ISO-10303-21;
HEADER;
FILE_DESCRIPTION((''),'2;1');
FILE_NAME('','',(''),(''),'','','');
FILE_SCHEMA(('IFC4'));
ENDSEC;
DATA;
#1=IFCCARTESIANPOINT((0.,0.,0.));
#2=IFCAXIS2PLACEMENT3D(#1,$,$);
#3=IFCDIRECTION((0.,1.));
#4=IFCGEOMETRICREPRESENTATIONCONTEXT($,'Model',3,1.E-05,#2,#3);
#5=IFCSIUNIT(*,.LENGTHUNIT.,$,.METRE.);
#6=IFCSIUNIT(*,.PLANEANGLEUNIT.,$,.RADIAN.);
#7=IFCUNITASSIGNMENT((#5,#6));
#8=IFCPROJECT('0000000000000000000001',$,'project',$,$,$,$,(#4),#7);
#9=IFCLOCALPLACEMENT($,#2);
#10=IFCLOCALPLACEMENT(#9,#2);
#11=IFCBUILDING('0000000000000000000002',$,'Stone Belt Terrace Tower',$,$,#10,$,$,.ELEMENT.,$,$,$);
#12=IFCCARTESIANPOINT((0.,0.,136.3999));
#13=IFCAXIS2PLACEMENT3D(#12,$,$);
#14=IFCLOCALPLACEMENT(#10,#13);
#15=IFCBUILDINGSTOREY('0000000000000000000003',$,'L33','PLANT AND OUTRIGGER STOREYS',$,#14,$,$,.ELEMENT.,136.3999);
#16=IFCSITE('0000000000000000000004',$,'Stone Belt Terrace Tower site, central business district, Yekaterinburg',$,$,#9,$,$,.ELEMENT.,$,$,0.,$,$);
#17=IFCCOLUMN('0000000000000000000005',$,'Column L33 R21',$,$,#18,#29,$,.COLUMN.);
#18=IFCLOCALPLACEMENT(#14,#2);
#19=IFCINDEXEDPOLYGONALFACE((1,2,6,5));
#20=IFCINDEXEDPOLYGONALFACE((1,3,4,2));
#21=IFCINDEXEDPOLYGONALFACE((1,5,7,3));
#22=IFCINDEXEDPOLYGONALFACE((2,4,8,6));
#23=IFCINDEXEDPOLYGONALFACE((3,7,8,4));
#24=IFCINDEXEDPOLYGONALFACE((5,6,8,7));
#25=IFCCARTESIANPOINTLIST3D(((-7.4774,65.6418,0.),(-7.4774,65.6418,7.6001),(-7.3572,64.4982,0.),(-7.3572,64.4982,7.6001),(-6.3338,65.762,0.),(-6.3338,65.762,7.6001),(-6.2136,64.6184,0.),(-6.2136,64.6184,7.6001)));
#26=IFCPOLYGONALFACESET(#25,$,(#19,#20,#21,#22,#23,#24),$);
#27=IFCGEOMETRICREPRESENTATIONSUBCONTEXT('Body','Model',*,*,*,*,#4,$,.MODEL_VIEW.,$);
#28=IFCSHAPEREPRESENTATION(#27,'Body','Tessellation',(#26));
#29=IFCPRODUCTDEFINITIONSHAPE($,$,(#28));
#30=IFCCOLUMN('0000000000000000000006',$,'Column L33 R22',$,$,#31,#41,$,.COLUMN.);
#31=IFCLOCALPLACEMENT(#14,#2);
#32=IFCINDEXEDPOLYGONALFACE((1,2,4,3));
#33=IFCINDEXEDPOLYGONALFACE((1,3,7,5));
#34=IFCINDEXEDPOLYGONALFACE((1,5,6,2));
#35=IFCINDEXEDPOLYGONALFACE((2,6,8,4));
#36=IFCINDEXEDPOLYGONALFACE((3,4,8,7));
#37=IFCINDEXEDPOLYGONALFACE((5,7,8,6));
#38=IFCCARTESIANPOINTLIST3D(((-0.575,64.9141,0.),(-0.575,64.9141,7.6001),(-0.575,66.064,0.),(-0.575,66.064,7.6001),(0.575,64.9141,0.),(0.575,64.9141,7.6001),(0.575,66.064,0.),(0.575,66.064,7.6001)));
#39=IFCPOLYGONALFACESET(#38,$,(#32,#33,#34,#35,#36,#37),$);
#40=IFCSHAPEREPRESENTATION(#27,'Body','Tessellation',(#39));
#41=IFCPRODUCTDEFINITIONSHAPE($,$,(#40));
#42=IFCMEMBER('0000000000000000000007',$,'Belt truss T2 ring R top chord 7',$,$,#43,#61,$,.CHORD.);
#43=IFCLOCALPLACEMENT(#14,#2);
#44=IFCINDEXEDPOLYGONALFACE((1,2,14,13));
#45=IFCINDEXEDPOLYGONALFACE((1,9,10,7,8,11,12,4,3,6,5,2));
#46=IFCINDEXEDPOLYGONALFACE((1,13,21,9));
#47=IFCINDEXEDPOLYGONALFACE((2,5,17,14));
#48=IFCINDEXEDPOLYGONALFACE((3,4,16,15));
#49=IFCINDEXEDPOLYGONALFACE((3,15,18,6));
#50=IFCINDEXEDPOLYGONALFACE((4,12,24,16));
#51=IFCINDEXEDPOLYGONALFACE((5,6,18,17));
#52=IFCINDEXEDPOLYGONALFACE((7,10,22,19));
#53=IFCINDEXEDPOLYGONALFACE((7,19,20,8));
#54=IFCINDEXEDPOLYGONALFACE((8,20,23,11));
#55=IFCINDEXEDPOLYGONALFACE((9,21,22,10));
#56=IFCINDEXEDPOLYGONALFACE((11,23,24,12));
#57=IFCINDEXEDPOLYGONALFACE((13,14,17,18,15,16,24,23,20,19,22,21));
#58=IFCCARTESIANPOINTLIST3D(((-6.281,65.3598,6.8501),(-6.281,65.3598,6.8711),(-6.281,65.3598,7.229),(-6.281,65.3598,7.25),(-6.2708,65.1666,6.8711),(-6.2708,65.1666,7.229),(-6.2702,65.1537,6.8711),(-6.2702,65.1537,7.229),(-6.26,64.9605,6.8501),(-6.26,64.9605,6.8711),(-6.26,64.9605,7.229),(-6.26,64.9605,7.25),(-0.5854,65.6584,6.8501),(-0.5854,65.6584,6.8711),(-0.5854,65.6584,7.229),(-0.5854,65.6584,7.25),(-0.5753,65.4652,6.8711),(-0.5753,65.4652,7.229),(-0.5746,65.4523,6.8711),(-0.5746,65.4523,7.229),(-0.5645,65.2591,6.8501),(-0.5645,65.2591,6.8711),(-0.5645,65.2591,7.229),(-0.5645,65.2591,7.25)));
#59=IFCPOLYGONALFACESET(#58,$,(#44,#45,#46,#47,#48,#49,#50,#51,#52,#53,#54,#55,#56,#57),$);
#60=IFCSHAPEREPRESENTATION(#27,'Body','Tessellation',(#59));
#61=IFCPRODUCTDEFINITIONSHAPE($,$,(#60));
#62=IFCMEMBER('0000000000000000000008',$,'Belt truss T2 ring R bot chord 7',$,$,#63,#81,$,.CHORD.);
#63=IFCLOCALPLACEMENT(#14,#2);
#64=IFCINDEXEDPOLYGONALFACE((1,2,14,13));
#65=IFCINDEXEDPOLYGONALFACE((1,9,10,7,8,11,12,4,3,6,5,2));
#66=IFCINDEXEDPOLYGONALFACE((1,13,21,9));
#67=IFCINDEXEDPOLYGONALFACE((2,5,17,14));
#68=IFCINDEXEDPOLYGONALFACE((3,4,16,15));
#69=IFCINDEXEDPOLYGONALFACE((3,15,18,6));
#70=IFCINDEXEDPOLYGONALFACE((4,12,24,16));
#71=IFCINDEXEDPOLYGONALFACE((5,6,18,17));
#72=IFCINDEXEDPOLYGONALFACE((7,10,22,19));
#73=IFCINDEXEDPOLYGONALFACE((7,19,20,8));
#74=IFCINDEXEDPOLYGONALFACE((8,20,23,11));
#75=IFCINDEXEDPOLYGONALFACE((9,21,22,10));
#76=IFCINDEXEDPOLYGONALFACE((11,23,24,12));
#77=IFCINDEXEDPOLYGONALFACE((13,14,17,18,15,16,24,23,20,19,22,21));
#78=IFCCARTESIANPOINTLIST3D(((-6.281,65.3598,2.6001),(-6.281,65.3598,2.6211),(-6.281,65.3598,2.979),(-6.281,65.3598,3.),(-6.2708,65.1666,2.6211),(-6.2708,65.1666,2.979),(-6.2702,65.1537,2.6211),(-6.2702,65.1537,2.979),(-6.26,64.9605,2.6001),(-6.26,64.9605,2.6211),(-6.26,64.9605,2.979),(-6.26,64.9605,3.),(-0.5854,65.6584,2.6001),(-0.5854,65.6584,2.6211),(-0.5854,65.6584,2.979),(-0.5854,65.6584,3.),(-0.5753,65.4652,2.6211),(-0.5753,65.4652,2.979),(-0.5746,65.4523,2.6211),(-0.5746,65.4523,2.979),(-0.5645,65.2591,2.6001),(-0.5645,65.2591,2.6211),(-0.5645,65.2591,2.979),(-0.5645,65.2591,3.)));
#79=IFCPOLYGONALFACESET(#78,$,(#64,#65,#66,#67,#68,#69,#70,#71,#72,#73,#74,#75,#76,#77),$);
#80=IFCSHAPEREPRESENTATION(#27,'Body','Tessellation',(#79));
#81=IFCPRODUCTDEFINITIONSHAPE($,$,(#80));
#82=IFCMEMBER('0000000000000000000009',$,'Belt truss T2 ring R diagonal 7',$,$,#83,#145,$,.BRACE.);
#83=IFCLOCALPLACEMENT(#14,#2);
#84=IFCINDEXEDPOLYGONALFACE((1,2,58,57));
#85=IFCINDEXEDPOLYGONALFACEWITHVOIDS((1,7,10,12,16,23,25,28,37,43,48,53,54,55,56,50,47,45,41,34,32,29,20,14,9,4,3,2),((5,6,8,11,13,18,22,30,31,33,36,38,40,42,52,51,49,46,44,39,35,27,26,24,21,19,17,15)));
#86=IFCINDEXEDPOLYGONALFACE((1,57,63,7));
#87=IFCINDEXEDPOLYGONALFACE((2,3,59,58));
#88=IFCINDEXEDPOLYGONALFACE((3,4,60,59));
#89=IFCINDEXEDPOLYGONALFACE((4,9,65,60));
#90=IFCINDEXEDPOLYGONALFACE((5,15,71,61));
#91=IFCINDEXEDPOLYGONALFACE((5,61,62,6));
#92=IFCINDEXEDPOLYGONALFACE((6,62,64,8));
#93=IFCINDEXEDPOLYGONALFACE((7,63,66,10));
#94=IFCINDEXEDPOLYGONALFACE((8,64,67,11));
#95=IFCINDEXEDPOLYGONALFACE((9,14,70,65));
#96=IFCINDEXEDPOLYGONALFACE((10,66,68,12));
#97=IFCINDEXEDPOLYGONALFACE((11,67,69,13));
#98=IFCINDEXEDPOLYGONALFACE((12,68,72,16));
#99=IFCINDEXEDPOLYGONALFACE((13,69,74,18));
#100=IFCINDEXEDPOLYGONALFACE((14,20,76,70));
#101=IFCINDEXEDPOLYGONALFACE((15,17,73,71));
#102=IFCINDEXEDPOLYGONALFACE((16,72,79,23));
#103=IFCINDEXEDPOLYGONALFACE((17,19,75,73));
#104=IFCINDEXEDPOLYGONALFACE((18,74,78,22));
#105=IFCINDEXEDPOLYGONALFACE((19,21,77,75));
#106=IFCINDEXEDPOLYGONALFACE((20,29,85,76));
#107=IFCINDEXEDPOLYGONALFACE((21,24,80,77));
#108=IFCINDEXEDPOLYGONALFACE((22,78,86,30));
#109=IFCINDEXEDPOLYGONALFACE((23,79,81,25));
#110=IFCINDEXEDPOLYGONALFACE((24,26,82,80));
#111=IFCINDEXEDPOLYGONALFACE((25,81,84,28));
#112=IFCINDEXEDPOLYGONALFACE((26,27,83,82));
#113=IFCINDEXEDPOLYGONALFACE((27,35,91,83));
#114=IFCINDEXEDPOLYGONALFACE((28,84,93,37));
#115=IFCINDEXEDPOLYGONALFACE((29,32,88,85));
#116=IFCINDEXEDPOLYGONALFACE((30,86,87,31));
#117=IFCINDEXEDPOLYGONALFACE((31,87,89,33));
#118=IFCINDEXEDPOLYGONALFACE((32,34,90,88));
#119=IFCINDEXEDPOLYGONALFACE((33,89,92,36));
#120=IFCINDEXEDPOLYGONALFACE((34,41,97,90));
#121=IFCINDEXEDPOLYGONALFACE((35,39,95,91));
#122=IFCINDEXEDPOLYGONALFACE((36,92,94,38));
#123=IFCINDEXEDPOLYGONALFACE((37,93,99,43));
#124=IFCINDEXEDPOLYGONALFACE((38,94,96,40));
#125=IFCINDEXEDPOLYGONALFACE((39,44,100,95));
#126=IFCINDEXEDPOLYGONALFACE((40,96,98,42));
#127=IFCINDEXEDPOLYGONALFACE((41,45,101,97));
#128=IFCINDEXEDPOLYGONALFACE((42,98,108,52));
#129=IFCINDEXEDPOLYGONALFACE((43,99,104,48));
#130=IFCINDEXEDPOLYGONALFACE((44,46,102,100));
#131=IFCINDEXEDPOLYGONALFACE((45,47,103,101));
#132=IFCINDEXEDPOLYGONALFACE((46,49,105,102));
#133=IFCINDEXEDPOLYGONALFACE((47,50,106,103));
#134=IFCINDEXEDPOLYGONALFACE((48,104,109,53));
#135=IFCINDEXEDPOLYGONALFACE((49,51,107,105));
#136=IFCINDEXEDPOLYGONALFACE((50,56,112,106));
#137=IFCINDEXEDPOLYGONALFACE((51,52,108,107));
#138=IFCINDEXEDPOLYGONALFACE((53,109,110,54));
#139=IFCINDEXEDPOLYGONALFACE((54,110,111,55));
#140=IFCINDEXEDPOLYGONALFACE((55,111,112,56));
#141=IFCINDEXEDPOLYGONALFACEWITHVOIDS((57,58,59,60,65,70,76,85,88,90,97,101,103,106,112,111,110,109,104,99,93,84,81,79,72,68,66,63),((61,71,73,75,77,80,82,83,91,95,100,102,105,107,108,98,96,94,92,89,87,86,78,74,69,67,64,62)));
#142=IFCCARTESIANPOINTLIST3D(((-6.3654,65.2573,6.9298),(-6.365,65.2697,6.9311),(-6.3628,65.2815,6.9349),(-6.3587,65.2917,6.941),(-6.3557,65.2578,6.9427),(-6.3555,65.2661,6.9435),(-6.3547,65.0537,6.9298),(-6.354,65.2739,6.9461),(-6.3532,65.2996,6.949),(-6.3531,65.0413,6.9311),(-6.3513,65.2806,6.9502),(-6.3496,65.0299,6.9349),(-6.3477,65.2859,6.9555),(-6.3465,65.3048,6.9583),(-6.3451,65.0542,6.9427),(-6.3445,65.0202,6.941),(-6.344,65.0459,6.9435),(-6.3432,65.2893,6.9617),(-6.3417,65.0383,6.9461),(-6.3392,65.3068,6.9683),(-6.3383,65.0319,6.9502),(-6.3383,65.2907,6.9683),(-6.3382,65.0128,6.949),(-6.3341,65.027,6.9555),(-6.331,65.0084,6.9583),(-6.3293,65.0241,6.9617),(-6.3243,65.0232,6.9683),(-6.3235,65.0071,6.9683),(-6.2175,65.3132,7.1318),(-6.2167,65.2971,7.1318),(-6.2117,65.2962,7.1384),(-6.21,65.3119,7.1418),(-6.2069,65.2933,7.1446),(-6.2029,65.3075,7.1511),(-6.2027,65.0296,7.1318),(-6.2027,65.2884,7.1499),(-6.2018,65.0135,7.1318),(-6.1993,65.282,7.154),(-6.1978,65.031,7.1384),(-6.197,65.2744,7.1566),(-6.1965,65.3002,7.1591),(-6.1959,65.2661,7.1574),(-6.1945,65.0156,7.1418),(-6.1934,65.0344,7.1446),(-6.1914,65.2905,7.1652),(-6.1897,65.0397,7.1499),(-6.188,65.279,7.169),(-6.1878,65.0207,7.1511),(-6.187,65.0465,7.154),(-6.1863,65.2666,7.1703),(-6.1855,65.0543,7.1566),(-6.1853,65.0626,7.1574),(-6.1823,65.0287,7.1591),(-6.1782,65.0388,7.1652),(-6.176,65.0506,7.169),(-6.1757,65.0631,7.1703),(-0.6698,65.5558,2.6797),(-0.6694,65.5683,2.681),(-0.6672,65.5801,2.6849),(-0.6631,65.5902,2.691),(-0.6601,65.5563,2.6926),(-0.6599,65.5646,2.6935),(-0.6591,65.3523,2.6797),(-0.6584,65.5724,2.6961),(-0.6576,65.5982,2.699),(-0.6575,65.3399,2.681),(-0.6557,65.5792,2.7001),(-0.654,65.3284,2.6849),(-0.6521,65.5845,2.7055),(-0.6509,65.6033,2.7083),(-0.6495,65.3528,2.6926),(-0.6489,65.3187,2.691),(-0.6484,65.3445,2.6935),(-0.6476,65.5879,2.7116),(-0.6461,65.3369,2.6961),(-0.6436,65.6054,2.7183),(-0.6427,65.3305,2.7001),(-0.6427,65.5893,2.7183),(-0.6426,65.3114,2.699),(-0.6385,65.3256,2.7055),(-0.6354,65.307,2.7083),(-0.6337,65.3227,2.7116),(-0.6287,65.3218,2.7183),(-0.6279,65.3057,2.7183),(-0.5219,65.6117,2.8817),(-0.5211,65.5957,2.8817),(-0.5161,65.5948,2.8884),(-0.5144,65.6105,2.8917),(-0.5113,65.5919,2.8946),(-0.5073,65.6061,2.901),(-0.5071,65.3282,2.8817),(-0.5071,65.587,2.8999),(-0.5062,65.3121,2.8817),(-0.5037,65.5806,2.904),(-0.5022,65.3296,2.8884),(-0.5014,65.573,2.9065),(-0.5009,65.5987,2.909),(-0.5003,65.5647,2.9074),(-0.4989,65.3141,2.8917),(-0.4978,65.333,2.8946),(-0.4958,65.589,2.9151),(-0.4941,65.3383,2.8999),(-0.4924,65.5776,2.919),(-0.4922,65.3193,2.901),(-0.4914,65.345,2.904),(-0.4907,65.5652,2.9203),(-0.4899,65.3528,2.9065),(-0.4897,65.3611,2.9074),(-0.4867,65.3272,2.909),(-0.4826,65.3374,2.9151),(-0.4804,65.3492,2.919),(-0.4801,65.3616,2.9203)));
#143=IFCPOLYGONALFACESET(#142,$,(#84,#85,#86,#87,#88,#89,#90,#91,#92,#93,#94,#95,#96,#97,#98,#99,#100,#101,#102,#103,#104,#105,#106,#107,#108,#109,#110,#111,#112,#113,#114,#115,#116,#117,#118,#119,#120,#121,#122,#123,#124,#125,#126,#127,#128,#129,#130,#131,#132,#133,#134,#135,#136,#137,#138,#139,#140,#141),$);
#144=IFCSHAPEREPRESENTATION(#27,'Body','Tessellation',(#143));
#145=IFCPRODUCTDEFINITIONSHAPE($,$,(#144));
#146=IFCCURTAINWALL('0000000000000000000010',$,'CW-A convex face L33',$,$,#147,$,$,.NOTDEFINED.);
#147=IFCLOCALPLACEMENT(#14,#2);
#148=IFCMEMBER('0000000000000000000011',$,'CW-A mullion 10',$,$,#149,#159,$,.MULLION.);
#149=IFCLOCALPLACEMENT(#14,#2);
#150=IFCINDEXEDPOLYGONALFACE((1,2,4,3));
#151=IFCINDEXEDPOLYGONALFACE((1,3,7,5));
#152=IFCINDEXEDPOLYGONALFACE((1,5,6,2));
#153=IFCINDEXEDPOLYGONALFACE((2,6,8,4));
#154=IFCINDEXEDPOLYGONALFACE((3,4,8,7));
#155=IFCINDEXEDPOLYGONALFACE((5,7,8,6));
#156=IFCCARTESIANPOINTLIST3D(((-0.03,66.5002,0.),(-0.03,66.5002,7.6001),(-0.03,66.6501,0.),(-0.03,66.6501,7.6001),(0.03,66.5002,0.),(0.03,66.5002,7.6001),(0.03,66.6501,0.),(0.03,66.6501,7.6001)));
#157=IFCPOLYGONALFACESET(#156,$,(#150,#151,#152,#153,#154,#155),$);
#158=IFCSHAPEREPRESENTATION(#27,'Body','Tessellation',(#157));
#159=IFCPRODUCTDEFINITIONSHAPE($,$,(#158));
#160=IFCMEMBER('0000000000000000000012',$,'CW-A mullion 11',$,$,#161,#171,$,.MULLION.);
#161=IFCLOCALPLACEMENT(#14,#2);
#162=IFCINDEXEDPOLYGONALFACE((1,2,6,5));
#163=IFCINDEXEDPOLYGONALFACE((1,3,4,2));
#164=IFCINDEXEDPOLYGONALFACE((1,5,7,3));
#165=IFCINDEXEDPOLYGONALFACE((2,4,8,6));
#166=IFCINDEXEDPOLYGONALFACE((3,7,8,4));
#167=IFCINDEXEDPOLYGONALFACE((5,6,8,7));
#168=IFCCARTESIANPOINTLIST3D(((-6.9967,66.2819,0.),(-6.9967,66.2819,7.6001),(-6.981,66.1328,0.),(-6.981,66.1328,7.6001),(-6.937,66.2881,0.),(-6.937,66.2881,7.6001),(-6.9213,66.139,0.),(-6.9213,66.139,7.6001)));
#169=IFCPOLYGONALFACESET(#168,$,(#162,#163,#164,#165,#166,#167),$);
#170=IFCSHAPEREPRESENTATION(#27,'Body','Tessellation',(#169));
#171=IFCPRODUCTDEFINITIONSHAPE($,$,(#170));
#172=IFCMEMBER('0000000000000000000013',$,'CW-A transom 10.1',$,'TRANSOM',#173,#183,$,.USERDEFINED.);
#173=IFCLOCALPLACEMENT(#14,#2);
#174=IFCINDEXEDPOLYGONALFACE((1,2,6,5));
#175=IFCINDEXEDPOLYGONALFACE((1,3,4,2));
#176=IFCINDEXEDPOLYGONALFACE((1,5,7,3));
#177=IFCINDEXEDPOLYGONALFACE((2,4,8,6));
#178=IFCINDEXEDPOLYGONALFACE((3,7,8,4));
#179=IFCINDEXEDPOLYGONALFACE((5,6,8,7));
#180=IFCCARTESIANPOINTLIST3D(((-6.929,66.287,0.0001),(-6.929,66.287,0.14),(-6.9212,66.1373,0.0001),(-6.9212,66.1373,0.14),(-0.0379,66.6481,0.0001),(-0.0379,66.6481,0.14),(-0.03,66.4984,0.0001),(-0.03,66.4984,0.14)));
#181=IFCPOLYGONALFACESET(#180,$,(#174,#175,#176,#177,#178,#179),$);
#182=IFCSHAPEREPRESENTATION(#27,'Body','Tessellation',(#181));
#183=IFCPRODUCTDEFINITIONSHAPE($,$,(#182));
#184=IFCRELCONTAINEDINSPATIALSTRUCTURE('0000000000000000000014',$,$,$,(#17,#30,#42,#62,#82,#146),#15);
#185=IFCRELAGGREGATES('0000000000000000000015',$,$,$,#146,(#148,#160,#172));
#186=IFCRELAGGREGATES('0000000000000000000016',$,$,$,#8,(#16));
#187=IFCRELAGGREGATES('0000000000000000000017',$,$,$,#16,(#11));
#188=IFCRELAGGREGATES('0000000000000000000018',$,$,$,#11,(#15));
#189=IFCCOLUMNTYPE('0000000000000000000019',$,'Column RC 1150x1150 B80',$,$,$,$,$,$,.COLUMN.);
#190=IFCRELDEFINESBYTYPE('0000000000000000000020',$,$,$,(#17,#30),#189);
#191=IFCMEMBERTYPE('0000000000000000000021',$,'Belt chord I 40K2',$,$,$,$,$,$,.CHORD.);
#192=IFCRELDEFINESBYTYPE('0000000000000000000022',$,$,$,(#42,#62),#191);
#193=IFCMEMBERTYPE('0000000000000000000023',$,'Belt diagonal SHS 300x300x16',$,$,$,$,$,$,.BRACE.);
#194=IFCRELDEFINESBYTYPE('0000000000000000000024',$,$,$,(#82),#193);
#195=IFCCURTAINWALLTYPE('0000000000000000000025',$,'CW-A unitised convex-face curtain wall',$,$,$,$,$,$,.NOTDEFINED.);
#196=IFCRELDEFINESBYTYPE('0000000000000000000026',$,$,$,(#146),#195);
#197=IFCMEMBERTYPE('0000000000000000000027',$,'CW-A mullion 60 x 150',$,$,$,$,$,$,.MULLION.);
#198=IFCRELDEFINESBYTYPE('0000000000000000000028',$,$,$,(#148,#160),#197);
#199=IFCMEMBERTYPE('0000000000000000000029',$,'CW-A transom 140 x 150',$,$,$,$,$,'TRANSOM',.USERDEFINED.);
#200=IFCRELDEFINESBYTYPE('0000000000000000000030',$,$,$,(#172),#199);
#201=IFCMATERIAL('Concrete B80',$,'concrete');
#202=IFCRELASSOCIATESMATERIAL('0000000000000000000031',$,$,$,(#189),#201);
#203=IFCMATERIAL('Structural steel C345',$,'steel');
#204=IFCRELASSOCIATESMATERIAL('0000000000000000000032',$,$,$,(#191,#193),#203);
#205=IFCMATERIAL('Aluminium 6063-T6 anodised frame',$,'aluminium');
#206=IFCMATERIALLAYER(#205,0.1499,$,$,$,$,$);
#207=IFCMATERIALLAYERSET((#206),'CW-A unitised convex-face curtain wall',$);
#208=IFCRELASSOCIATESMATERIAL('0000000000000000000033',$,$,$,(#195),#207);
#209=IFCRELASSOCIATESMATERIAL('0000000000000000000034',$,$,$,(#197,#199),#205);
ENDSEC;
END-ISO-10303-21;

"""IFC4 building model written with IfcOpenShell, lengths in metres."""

from ifc_helpers import new_model, si_unit, direction, frame, origin, origin_2d, place, context, subcontext, project, spatial, rectangle, hollow_rectangle, i_section, extrude, material, layer, layer_set, material_profile, profile_set, type_object, element, aggregate, save


model = new_model("IFC4")

# Units and contexts
model_context = context("Model", 3, precision=1e-05, world=origin(), true_north=direction((0.0, 1.0)))
body_context = subcontext(model_context, "Body", "Model", "MODEL_VIEW")
ifc_project = project(units=[si_unit("LENGTHUNIT", "METRE"), si_unit("PLANEANGLEUNIT", "RADIAN")], contexts=[model_context])

# Site, building, storey
site_placement = place(None, origin())
site = spatial("IfcSite", under=ifc_project, at=site_placement, Name="Stone Belt Terrace Tower site, central business district, Yekaterinburg", CompositionType="ELEMENT", RefElevation=0.0)
building_placement = place(site_placement, origin())
building = spatial("IfcBuilding", under=site, at=building_placement, Name="Stone Belt Terrace Tower", CompositionType="ELEMENT")
storey_placement = place(building_placement, frame((0.0, 0.0, 136.3999)))
storey = spatial("IfcBuildingStorey", under=building, at=storey_placement, Name="L33", Description="PLANT AND OUTRIGGER STOREYS", CompositionType="ELEMENT", Elevation=136.3999)

# Columns
ifc_material_1 = material(Name="Concrete B80", Category="concrete")
ifc_material_profile_1 = material_profile(ifc_material_1, rectangle(XDim=1.1499, YDim=1.1499, at=origin_2d()), Name="RC 1150x1150")
ifc_profile_set_1 = profile_set([ifc_material_profile_1], Name="Concrete B80")
column_type = type_object("IfcColumnType", Name="Column RC 1150x1150 B80", PredefinedType="COLUMN", material=ifc_profile_set_1)
for number, where, z_axis, x_axis, name in (
    (1, (-6.8455, 65.1301, 0.0), (0.0, 0.0, 1.0), (0.994522, 0.104528, 0.0), "Column L33 R21"),
    (2, (0.0, 65.489, 0.0), (0.0, 0.0, 1.0), (1.0, 0.0, 0.0), "Column L33 R22"),
):
    element("IfcColumn", number, at=place(storey_placement, frame(where, z_axis=z_axis, x_axis=x_axis)), inside=storey, type_object=column_type, Name=name, PredefinedType="COLUMN", context=body_context, shape_type="SweptSolid", body=[
        extrude(rectangle(XDim=1.1499, YDim=1.1499, at=origin_2d()), origin(), (0.0, 0.0, 1.0), 7.6001),
    ])

# Members
ifc_material_2 = material(Name="Structural steel C345", Category="steel")
ifc_material_profile_2 = material_profile(ifc_material_2, i_section(OverallWidth=0.3999, OverallDepth=0.3999, WebThickness=0.0129, FlangeThickness=0.021, at=origin_2d()), Name="I 40K2")
ifc_profile_set_2 = profile_set([ifc_material_profile_2], Name="Structural steel C345")
member_type_1 = type_object("IfcMemberType", Name="Belt chord I 40K2", PredefinedType="CHORD", material=ifc_profile_set_2)
for number, where, z_axis, x_axis, name in (
    (3, (-6.2705, 65.1602, 7.05), (0.998629, 0.052352, 0.0), (-0.052352, 0.998629, 0.0), "Belt truss T2 ring R top chord 7"),
    (4, (-6.2705, 65.1602, 2.8), (0.998629, 0.052352, 0.0), (-0.052352, 0.998629, 0.0), "Belt truss T2 ring R bot chord 7"),
):
    element("IfcMember", number, at=place(storey_placement, frame(where, z_axis=z_axis, x_axis=x_axis)), inside=storey, type_object=member_type_1, Name=name, PredefinedType="CHORD", context=body_context, shape_type="SweptSolid", body=[
        extrude(i_section(OverallWidth=0.3999, OverallDepth=0.3999, WebThickness=0.0129, FlangeThickness=0.021, at=origin_2d()), origin(), (0.0, 0.0, 1.0), 5.7034),
    ])
ifc_material_profile_3 = material_profile(ifc_material_2, hollow_rectangle(XDim=0.3, YDim=0.3, WallThickness=0.0161, InnerFilletRadius=0.032, OuterFilletRadius=0.0481, at=origin_2d()), Name="SHS 300x300x16")
ifc_profile_set_3 = profile_set([ifc_material_profile_3], Name="Structural steel C345")
member_type_2 = type_object("IfcMemberType", Name="Belt diagonal SHS 300x300x16", PredefinedType="BRACE", material=ifc_profile_set_3)
member_1_placement = place(storey_placement, frame((-6.2705, 65.1602, 7.05), z_axis=(0.800755, 0.041979, -0.59752), x_axis=(-0.052352, 0.998629, 0.0)))
element("IfcMember", 5, at=member_1_placement, inside=storey, type_object=member_type_2, Name="Belt truss T2 ring R diagonal 7", PredefinedType="BRACE", context=body_context, shape_type="SweptSolid", body=[
    extrude(hollow_rectangle(XDim=0.3, YDim=0.3, WallThickness=0.0161, InnerFilletRadius=0.032, OuterFilletRadius=0.0481, at=origin_2d()), origin(), (0.0, 0.0, 1.0), 7.1128),
])

# Curtain wall, members
ifc_material_3 = material(Name="Aluminium 6063-T6 anodised frame", Category="aluminium")
ifc_layer_1 = layer(ifc_material_3, 0.1499)
ifc_layer_set_1 = layer_set([ifc_layer_1], Name="CW-A unitised convex-face curtain wall")
curtain_wall_type = type_object("IfcCurtainWallType", Name="CW-A unitised convex-face curtain wall", PredefinedType="NOTDEFINED", material=ifc_layer_set_1)
curtain_wall_placement = place(storey_placement, origin())
curtain_wall = element("IfcCurtainWall", 6, at=curtain_wall_placement, inside=storey, type_object=curtain_wall_type, Name="CW-A convex face L33", PredefinedType="NOTDEFINED")
ifc_material_profile_4 = material_profile(ifc_material_3, rectangle(XDim=0.1499, YDim=0.0601, at=origin_2d()), Name="Aluminium 6063-T6 60x150")
ifc_profile_set_4 = profile_set([ifc_material_profile_4], Name="Aluminium 6063-T6 anodised frame")
member_type_3 = type_object("IfcMemberType", Name="CW-A mullion 60 x 150", PredefinedType="MULLION", material=ifc_profile_set_4)
member_2_placement = place(storey_placement, frame((0.0, 66.5752, 0.0), z_axis=(0.0, 0.0, 1.0), x_axis=(0.0, -1.0, 0.0)))
member_2 = element("IfcMember", 7, at=member_2_placement, type_object=member_type_3, Name="CW-A mullion 10", PredefinedType="MULLION", context=body_context, shape_type="SweptSolid", body=[
    extrude(rectangle(XDim=0.1499, YDim=0.0601, at=origin_2d()), origin(), (0.0, 0.0, 1.0), 7.6001),
])
member_3_placement = place(storey_placement, frame((-6.959, 66.2104, 0.0), z_axis=(0.0, 0.0, 1.0), x_axis=(0.104528, -0.994522, 0.0)))
member_3 = element("IfcMember", 8, at=member_3_placement, type_object=member_type_3, Name="CW-A mullion 11", PredefinedType="MULLION", context=body_context, shape_type="SweptSolid", body=[
    extrude(rectangle(XDim=0.1499, YDim=0.0601, at=origin_2d()), origin(), (0.0, 0.0, 1.0), 7.6001),
])
ifc_material_profile_5 = material_profile(ifc_material_3, rectangle(XDim=0.1499, YDim=0.1399, at=origin_2d()), Name="Aluminium 6063-T6 150x140")
ifc_profile_set_5 = profile_set([ifc_material_profile_5], Name="Aluminium 6063-T6 anodised frame")
member_type_4 = type_object("IfcMemberType", Name="CW-A transom 140 x 150", ElementType="TRANSOM", PredefinedType="USERDEFINED", material=ifc_profile_set_5)
member_4_placement = place(storey_placement, frame((-0.0339, 66.5732, 0.0701), z_axis=(-0.99863, -0.052327, 0.0), x_axis=(0.052327, -0.99863, 0.0)))
member_4 = element("IfcMember", 9, at=member_4_placement, type_object=member_type_4, Name="CW-A transom 10.1", ObjectType="TRANSOM", PredefinedType="USERDEFINED", context=body_context, shape_type="SweptSolid", body=[
    extrude(rectangle(XDim=0.1499, YDim=0.1399, at=origin_2d()), origin(), (0.0, 0.0, 1.0), 6.9006),
])

aggregate(curtain_wall, [member_2, member_3, member_4])

save(model, "model.ifc")
